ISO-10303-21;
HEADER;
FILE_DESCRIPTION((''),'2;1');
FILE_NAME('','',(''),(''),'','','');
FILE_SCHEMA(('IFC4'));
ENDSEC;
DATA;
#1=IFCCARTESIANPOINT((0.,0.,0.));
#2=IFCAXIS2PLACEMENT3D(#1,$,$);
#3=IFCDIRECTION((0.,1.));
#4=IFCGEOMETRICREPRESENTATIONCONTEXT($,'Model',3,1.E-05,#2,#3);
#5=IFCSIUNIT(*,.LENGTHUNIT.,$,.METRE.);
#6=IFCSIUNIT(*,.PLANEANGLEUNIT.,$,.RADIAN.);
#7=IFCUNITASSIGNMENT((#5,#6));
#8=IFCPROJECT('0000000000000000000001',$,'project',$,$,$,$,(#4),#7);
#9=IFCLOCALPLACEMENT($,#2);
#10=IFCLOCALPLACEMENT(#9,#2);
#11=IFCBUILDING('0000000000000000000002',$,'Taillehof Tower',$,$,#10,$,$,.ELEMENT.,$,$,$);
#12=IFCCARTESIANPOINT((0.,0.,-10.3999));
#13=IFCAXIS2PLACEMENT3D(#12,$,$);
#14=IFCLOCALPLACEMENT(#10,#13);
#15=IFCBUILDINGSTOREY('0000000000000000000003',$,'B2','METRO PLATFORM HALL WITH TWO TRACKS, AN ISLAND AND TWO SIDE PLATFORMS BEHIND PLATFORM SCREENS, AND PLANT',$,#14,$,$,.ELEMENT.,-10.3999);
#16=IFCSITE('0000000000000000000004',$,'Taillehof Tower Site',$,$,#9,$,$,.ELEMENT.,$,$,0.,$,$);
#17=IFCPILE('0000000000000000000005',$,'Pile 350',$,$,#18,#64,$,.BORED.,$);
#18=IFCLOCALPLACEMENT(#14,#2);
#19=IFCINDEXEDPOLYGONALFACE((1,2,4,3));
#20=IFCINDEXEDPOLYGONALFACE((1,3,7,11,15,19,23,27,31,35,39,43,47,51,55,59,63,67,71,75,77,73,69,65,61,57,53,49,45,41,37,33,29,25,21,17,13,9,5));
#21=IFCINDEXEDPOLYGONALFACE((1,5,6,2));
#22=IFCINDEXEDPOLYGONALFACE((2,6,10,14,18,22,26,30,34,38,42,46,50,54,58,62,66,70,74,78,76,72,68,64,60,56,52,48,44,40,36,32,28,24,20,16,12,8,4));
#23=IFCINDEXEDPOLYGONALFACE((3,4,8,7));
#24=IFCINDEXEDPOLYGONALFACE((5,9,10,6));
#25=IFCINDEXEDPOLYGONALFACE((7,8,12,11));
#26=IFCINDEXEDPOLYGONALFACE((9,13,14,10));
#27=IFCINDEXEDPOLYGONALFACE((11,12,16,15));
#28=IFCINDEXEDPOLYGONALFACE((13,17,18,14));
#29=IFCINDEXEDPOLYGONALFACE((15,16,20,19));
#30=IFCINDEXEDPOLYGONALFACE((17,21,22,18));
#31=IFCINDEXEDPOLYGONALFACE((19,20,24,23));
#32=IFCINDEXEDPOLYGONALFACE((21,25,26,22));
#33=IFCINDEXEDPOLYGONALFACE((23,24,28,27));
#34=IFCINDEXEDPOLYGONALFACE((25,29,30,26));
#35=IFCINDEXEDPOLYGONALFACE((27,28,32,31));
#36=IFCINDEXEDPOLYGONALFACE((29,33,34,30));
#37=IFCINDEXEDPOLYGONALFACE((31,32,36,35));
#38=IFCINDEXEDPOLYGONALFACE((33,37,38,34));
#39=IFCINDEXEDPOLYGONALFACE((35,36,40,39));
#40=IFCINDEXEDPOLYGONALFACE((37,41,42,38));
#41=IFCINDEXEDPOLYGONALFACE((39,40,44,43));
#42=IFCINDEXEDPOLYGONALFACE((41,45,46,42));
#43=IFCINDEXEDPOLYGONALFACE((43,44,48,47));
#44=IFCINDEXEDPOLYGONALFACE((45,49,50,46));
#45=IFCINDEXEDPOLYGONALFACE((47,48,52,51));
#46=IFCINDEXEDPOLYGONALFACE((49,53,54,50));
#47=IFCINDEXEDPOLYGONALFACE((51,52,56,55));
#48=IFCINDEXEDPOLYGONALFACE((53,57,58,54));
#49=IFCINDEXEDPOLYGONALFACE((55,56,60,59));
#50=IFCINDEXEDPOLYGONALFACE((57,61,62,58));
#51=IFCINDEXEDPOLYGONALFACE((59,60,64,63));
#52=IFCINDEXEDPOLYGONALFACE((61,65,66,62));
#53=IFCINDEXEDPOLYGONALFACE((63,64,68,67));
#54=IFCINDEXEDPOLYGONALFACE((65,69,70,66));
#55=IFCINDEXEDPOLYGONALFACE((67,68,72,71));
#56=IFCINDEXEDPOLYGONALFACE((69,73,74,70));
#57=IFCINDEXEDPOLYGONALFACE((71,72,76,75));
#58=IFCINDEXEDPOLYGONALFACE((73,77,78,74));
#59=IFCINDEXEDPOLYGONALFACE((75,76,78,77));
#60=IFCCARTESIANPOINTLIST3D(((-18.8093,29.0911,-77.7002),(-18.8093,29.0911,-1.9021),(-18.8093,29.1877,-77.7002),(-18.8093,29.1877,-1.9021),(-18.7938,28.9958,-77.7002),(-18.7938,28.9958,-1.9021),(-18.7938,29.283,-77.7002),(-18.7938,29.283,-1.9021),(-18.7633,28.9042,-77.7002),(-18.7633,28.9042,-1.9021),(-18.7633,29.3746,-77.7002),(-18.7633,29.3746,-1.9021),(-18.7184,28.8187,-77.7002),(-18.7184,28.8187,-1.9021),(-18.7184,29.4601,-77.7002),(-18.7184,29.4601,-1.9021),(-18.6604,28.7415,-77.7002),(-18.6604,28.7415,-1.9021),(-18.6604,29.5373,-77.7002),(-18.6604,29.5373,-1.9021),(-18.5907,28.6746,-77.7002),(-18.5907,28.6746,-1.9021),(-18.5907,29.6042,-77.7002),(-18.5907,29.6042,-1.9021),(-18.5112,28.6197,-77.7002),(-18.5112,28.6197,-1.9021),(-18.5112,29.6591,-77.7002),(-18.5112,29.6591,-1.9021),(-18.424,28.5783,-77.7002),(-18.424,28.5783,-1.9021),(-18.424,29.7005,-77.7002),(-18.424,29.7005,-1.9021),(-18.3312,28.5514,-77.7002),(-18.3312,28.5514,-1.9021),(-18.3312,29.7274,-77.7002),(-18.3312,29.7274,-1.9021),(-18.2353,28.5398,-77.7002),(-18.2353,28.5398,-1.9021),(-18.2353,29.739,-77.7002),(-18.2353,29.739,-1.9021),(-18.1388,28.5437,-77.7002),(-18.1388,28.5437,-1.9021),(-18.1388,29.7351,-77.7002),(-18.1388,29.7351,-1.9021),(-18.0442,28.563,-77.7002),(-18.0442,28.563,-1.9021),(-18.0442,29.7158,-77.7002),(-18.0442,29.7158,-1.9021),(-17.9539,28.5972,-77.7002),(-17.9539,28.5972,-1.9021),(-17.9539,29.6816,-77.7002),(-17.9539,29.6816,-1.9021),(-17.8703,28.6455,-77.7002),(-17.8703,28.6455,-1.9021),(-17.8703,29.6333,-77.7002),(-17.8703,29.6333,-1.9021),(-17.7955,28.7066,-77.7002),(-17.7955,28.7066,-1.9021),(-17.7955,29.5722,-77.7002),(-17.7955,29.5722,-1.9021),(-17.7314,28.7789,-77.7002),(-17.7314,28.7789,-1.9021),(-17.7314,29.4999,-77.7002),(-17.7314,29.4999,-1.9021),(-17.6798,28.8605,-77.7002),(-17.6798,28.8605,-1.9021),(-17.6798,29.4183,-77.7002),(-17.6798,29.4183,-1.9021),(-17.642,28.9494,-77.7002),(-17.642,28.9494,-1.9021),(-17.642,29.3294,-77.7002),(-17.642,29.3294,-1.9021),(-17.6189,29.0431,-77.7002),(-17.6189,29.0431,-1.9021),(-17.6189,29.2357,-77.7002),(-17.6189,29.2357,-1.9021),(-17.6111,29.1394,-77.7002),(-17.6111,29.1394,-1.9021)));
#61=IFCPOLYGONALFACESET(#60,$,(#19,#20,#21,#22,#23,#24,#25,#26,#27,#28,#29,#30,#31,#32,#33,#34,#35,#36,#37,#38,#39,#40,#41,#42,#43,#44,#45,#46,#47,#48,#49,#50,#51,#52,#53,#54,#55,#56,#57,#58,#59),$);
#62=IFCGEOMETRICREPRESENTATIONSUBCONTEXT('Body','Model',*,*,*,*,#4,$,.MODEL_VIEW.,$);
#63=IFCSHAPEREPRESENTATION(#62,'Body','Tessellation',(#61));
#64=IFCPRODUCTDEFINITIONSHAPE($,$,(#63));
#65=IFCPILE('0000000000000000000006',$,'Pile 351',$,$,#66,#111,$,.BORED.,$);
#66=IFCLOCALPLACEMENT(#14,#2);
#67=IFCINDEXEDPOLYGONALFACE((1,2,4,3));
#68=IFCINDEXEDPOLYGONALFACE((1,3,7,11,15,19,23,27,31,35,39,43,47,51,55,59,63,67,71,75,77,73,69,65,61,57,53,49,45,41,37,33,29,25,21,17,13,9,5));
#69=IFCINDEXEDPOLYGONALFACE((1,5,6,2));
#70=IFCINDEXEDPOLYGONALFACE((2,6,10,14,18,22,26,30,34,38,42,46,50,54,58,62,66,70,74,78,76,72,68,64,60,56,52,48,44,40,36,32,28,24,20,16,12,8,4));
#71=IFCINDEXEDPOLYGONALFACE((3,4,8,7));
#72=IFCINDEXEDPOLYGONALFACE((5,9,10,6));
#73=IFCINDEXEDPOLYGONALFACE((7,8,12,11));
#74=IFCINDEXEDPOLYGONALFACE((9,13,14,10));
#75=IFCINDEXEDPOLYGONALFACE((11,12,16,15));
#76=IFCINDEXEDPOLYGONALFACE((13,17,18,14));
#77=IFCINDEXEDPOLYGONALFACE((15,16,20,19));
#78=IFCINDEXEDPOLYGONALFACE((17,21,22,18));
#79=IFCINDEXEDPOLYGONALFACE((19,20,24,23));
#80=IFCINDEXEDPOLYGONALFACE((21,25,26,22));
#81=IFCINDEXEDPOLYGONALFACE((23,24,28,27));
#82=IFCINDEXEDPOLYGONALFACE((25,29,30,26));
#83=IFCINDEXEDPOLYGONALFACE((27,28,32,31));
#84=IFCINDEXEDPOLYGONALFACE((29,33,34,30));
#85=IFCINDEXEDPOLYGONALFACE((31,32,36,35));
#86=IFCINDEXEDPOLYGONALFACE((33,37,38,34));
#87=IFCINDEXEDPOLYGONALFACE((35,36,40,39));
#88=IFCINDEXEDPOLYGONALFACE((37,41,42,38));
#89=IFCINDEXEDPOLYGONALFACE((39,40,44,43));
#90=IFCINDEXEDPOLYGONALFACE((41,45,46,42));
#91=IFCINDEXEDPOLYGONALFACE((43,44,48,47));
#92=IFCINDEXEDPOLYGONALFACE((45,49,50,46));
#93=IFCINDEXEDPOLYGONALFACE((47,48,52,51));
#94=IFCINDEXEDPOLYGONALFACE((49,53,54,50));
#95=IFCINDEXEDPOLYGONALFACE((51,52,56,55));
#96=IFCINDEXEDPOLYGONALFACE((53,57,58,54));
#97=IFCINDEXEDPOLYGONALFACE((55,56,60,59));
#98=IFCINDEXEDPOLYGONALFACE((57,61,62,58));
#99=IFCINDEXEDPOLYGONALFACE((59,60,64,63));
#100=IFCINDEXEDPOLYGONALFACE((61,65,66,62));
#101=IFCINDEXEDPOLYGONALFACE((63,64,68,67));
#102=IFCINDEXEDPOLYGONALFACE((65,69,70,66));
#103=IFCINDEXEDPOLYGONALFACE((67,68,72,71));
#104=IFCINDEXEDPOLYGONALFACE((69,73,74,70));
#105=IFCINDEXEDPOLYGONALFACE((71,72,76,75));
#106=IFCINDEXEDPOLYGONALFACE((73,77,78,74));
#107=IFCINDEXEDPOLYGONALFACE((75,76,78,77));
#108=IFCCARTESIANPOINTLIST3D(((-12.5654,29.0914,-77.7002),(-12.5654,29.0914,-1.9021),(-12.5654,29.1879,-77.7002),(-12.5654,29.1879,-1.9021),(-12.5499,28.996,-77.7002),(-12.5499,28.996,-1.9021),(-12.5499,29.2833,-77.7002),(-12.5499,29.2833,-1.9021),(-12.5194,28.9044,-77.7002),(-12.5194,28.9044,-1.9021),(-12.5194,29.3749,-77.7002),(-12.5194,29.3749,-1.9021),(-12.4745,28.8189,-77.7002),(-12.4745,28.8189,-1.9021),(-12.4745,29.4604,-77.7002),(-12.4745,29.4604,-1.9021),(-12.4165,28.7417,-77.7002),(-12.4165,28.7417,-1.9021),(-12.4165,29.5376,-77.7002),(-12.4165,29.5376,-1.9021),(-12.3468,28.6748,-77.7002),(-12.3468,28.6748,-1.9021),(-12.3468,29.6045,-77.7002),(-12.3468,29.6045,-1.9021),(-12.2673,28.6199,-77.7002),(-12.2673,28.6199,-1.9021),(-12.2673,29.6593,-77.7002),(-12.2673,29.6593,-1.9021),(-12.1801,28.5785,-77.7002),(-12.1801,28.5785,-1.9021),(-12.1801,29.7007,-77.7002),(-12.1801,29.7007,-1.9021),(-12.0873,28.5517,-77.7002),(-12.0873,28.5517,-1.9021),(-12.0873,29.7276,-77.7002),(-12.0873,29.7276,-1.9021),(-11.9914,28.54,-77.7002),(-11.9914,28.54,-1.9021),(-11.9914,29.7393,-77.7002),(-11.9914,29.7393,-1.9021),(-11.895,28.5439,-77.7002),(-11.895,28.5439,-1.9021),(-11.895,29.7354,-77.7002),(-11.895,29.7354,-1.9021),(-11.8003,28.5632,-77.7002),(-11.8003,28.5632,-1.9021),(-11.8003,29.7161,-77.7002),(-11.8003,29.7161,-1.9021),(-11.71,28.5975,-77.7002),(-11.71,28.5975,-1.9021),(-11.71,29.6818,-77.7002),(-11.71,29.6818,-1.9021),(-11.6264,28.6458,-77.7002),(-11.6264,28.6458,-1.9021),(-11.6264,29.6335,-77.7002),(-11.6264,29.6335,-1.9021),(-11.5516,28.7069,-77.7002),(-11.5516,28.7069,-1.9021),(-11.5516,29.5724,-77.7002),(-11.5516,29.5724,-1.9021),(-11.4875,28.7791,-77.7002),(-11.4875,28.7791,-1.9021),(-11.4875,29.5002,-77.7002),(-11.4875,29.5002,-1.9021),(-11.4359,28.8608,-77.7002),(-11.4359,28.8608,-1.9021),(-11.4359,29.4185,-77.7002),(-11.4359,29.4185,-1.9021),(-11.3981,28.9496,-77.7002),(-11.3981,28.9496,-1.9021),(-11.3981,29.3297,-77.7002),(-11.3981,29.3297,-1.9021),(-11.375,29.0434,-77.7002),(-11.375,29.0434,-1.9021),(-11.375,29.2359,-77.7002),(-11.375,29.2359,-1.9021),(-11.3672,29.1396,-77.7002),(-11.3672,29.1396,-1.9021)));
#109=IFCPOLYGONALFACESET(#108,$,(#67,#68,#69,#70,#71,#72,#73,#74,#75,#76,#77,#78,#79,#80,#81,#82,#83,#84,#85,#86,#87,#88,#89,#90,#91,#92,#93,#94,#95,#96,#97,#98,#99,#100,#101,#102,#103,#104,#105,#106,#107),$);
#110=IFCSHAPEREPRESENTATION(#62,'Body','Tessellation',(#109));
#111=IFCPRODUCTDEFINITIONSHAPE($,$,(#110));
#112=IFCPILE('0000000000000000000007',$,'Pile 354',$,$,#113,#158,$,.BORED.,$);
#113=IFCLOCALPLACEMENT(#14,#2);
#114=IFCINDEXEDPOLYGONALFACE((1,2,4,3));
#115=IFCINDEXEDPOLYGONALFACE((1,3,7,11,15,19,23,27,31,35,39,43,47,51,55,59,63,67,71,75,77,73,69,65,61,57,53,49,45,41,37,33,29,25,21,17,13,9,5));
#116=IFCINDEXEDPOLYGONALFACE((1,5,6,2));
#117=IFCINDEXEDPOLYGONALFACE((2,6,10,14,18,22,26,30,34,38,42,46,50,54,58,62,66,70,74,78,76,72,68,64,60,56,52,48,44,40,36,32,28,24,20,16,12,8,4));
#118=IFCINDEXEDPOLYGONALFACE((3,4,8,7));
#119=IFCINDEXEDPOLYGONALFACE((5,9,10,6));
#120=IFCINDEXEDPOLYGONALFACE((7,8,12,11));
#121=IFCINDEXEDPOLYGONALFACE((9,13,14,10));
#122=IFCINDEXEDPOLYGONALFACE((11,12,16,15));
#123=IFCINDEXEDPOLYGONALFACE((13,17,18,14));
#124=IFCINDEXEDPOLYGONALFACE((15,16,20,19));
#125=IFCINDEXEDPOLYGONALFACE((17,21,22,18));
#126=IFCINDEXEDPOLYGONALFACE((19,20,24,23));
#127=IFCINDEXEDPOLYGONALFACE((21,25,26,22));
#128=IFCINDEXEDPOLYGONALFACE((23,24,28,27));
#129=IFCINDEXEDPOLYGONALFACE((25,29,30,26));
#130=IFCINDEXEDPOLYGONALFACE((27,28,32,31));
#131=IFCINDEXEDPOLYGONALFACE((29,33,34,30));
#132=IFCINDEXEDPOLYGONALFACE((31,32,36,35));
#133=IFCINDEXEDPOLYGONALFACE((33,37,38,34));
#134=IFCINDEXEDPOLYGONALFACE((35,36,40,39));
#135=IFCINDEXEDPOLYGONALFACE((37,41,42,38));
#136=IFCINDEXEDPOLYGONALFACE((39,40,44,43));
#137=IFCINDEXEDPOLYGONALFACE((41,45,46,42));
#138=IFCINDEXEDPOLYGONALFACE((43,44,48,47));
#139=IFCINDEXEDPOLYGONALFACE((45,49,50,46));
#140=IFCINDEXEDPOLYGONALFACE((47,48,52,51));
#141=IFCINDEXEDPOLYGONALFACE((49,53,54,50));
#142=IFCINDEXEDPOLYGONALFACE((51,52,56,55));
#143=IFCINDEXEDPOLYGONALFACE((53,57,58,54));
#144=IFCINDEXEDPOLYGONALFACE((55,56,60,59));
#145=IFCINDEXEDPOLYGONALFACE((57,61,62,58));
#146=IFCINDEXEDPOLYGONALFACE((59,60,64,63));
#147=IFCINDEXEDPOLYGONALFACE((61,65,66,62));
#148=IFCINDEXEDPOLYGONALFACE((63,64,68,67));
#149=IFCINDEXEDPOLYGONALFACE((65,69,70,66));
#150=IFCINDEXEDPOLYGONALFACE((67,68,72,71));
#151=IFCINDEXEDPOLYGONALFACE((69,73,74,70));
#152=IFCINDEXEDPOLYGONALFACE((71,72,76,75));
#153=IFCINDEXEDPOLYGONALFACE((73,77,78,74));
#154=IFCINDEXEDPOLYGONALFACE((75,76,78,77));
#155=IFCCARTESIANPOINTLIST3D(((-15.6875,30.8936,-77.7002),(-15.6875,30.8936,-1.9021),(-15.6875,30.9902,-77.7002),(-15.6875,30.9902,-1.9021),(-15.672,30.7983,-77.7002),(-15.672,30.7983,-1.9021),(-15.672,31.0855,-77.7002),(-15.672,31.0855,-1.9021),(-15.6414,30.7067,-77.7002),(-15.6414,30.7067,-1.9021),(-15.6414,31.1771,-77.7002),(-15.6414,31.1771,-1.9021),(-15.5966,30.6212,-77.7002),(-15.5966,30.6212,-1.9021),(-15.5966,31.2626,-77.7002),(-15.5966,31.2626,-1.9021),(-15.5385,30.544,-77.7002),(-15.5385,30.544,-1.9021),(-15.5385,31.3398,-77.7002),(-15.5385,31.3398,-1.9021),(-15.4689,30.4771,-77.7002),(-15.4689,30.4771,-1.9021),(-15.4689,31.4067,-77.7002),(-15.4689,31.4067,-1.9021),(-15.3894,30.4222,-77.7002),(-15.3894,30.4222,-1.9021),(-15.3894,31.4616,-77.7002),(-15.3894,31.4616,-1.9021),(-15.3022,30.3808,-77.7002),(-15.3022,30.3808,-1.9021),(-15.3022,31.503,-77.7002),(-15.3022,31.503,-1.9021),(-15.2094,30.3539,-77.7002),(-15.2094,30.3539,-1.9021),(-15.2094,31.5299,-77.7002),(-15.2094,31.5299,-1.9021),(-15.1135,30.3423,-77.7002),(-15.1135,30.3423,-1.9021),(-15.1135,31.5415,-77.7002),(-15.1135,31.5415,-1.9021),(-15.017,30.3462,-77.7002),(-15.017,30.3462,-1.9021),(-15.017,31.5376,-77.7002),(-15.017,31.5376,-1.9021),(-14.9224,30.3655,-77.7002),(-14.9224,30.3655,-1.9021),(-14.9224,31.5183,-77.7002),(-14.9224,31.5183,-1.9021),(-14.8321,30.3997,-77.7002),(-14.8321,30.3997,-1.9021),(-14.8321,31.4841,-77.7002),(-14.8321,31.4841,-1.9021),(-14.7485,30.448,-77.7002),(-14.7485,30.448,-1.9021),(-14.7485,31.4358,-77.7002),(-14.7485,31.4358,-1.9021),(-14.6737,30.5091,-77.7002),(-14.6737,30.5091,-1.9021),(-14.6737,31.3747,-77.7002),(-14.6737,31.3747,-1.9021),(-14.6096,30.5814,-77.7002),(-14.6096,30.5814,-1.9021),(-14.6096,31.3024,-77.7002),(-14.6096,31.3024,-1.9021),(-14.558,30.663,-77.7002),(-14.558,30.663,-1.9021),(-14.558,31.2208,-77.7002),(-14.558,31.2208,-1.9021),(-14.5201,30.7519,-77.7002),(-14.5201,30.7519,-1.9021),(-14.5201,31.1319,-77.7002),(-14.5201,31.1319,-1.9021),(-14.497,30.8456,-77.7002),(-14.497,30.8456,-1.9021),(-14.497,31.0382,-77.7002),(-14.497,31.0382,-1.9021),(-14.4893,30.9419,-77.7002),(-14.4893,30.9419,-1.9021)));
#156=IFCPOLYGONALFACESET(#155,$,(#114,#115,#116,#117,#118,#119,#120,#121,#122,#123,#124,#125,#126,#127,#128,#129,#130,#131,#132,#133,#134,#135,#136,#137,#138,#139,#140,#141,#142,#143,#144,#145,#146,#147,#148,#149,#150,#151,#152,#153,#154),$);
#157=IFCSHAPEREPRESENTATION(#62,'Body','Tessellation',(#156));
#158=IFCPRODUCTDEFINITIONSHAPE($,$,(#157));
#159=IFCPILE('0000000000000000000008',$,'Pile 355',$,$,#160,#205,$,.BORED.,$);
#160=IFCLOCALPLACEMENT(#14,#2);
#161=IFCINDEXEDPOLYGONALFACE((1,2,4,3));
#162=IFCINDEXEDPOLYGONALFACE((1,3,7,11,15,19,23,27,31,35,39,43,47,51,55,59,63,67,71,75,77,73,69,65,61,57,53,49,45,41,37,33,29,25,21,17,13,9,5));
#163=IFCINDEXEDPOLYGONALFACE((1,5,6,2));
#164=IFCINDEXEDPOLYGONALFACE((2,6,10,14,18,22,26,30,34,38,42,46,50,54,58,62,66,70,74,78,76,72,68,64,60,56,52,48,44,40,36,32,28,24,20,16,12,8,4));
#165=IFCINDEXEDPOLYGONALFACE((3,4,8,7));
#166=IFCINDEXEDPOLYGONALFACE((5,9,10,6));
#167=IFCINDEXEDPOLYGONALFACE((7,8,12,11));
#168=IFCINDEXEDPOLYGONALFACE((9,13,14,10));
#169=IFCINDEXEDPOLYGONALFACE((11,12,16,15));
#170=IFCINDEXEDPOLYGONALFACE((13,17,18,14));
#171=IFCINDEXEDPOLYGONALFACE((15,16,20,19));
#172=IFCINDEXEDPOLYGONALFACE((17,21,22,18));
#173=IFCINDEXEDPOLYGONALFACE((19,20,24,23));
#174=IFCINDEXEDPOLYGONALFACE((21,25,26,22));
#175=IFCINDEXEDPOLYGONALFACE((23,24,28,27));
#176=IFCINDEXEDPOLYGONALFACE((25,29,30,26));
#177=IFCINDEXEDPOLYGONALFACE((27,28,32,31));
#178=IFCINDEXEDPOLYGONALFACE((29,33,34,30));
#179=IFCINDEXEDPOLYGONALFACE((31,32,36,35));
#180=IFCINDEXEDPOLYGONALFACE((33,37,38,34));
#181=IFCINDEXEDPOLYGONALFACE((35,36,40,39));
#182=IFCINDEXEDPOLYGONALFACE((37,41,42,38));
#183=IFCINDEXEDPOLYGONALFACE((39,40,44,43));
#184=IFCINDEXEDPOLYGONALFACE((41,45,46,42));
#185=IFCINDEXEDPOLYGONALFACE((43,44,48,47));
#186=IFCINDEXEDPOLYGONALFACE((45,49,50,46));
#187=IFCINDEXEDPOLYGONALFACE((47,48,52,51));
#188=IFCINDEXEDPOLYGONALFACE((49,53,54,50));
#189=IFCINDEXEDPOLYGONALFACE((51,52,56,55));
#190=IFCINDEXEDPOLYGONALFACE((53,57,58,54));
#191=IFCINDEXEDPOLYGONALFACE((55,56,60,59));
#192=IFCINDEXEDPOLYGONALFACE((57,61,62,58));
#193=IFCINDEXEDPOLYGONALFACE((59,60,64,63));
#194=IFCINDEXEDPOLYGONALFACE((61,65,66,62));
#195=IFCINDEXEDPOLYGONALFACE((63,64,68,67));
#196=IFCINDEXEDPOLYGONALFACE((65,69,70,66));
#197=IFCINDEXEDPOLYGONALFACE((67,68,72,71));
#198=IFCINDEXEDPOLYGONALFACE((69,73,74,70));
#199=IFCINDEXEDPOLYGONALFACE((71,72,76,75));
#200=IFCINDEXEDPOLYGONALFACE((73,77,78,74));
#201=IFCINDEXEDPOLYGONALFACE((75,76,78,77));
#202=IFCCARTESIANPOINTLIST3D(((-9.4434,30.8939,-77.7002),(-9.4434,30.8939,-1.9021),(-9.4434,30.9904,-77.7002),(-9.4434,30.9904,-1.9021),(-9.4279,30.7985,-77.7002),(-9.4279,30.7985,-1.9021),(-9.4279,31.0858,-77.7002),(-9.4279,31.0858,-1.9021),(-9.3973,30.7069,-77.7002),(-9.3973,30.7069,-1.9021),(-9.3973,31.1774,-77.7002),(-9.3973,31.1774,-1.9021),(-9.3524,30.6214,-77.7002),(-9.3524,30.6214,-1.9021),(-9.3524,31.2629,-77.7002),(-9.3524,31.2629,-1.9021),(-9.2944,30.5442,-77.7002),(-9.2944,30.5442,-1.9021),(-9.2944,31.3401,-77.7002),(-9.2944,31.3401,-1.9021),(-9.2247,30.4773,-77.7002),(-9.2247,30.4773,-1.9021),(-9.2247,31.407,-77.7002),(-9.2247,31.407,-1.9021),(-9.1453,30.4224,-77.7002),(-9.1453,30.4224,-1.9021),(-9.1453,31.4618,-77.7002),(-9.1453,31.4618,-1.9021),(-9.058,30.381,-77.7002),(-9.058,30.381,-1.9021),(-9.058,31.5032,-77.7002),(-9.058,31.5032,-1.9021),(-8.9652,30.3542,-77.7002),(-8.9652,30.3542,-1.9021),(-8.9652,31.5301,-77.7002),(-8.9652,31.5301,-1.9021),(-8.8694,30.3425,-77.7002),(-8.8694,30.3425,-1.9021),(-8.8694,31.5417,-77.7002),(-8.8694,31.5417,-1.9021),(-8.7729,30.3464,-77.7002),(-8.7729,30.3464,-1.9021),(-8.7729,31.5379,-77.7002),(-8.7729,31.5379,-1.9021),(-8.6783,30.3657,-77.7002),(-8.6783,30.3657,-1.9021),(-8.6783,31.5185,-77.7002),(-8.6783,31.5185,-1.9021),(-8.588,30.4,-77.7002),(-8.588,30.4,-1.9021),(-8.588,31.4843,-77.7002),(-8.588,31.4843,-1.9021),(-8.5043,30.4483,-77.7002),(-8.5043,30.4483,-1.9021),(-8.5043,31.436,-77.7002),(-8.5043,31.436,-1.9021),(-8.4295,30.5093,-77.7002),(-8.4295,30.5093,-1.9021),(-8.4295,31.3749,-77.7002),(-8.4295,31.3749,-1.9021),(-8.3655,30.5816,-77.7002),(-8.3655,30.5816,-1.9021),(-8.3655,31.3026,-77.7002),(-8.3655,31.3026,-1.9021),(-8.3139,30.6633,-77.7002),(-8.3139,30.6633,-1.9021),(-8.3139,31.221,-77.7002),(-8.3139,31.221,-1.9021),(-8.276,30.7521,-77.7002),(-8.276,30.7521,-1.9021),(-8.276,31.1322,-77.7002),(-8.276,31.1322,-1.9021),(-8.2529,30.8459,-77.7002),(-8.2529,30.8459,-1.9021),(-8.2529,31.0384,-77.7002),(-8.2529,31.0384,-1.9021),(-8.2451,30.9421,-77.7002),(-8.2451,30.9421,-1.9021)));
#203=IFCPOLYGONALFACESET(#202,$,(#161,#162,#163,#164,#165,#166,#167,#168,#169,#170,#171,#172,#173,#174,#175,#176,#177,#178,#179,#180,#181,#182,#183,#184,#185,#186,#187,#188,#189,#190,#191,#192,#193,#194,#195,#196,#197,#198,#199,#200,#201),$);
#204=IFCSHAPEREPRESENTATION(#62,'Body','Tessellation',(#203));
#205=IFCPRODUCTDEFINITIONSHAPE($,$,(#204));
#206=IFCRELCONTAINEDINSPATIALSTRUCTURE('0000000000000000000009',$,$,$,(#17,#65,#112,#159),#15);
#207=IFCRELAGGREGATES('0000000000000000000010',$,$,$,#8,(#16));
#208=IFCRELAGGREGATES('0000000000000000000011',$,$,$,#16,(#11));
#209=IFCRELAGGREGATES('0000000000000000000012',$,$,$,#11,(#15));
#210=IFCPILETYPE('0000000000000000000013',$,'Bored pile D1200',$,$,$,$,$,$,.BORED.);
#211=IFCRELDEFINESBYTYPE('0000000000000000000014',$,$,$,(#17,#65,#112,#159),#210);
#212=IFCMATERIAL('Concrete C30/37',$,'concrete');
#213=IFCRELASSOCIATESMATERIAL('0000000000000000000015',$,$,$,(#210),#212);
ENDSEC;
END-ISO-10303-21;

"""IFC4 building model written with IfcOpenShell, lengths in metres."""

from ifc_helpers import new_model, si_unit, direction, frame, origin, origin_2d, place, context, subcontext, project, spatial, circle, extrude, material, material_profile, profile_set, type_object, element, save


model = new_model("IFC4")

# Units and contexts
model_context = context("Model", 3, precision=1e-05, world=origin(), true_north=direction((0.0, 1.0)))
body_context = subcontext(model_context, "Body", "Model", "MODEL_VIEW")
ifc_project = project(units=[si_unit("LENGTHUNIT", "METRE"), si_unit("PLANEANGLEUNIT", "RADIAN")], contexts=[model_context])

# Site, building, storey
site_placement = place(None, origin())
site = spatial("IfcSite", under=ifc_project, at=site_placement, Name="Taillehof Tower Site", CompositionType="ELEMENT", RefElevation=0.0)
building_placement = place(site_placement, origin())
building = spatial("IfcBuilding", under=site, at=building_placement, Name="Taillehof Tower", CompositionType="ELEMENT")
storey_placement = place(building_placement, frame((0.0, 0.0, -10.3999)))
storey = spatial("IfcBuildingStorey", under=building, at=storey_placement, Name="B2", Description="METRO PLATFORM HALL WITH TWO TRACKS, AN ISLAND AND TWO SIDE PLATFORMS BEHIND PLATFORM SCREENS, AND PLANT", CompositionType="ELEMENT", Elevation=-10.3999)

# Piles
ifc_material_1 = material(Name="Concrete C30/37", Category="concrete")
ifc_material_profile_1 = material_profile(ifc_material_1, circle(Radius=0.6001, at=origin_2d()), Name="BP D1200")
ifc_profile_set_1 = profile_set([ifc_material_profile_1], Name="Concrete C30/37")
pile_type = type_object("IfcPileType", Name="Bored pile D1200", PredefinedType="BORED", material=ifc_profile_set_1)
for number, where, z_axis, x_axis, name in (
    (1, (-18.2112, 29.1394, -1.9021), (0.0, 0.0, -1.0), (1.0, 0.0, 0.0), "Pile 350"),
    (2, (-11.9673, 29.1396, -1.9021), (0.0, 0.0, -1.0), (1.0, 0.0, 0.0), "Pile 351"),
    (3, (-15.0894, 30.9419, -1.9021), (0.0, 0.0, -1.0), (1.0, 0.0, 0.0), "Pile 354"),
    (4, (-8.8452, 30.9421, -1.9021), (0.0, 0.0, -1.0), (1.0, 0.0, 0.0), "Pile 355"),
):
    element("IfcPile", number, at=place(storey_placement, frame(where, z_axis=z_axis, x_axis=x_axis)), inside=storey, type_object=pile_type, Name=name, PredefinedType="BORED", context=body_context, shape_type="SweptSolid", body=[
        extrude(circle(Radius=0.6001, at=origin_2d()), origin(), (0.0, 0.0, 1.0), 75.7981),
    ])

save(model, "model.ifc")
